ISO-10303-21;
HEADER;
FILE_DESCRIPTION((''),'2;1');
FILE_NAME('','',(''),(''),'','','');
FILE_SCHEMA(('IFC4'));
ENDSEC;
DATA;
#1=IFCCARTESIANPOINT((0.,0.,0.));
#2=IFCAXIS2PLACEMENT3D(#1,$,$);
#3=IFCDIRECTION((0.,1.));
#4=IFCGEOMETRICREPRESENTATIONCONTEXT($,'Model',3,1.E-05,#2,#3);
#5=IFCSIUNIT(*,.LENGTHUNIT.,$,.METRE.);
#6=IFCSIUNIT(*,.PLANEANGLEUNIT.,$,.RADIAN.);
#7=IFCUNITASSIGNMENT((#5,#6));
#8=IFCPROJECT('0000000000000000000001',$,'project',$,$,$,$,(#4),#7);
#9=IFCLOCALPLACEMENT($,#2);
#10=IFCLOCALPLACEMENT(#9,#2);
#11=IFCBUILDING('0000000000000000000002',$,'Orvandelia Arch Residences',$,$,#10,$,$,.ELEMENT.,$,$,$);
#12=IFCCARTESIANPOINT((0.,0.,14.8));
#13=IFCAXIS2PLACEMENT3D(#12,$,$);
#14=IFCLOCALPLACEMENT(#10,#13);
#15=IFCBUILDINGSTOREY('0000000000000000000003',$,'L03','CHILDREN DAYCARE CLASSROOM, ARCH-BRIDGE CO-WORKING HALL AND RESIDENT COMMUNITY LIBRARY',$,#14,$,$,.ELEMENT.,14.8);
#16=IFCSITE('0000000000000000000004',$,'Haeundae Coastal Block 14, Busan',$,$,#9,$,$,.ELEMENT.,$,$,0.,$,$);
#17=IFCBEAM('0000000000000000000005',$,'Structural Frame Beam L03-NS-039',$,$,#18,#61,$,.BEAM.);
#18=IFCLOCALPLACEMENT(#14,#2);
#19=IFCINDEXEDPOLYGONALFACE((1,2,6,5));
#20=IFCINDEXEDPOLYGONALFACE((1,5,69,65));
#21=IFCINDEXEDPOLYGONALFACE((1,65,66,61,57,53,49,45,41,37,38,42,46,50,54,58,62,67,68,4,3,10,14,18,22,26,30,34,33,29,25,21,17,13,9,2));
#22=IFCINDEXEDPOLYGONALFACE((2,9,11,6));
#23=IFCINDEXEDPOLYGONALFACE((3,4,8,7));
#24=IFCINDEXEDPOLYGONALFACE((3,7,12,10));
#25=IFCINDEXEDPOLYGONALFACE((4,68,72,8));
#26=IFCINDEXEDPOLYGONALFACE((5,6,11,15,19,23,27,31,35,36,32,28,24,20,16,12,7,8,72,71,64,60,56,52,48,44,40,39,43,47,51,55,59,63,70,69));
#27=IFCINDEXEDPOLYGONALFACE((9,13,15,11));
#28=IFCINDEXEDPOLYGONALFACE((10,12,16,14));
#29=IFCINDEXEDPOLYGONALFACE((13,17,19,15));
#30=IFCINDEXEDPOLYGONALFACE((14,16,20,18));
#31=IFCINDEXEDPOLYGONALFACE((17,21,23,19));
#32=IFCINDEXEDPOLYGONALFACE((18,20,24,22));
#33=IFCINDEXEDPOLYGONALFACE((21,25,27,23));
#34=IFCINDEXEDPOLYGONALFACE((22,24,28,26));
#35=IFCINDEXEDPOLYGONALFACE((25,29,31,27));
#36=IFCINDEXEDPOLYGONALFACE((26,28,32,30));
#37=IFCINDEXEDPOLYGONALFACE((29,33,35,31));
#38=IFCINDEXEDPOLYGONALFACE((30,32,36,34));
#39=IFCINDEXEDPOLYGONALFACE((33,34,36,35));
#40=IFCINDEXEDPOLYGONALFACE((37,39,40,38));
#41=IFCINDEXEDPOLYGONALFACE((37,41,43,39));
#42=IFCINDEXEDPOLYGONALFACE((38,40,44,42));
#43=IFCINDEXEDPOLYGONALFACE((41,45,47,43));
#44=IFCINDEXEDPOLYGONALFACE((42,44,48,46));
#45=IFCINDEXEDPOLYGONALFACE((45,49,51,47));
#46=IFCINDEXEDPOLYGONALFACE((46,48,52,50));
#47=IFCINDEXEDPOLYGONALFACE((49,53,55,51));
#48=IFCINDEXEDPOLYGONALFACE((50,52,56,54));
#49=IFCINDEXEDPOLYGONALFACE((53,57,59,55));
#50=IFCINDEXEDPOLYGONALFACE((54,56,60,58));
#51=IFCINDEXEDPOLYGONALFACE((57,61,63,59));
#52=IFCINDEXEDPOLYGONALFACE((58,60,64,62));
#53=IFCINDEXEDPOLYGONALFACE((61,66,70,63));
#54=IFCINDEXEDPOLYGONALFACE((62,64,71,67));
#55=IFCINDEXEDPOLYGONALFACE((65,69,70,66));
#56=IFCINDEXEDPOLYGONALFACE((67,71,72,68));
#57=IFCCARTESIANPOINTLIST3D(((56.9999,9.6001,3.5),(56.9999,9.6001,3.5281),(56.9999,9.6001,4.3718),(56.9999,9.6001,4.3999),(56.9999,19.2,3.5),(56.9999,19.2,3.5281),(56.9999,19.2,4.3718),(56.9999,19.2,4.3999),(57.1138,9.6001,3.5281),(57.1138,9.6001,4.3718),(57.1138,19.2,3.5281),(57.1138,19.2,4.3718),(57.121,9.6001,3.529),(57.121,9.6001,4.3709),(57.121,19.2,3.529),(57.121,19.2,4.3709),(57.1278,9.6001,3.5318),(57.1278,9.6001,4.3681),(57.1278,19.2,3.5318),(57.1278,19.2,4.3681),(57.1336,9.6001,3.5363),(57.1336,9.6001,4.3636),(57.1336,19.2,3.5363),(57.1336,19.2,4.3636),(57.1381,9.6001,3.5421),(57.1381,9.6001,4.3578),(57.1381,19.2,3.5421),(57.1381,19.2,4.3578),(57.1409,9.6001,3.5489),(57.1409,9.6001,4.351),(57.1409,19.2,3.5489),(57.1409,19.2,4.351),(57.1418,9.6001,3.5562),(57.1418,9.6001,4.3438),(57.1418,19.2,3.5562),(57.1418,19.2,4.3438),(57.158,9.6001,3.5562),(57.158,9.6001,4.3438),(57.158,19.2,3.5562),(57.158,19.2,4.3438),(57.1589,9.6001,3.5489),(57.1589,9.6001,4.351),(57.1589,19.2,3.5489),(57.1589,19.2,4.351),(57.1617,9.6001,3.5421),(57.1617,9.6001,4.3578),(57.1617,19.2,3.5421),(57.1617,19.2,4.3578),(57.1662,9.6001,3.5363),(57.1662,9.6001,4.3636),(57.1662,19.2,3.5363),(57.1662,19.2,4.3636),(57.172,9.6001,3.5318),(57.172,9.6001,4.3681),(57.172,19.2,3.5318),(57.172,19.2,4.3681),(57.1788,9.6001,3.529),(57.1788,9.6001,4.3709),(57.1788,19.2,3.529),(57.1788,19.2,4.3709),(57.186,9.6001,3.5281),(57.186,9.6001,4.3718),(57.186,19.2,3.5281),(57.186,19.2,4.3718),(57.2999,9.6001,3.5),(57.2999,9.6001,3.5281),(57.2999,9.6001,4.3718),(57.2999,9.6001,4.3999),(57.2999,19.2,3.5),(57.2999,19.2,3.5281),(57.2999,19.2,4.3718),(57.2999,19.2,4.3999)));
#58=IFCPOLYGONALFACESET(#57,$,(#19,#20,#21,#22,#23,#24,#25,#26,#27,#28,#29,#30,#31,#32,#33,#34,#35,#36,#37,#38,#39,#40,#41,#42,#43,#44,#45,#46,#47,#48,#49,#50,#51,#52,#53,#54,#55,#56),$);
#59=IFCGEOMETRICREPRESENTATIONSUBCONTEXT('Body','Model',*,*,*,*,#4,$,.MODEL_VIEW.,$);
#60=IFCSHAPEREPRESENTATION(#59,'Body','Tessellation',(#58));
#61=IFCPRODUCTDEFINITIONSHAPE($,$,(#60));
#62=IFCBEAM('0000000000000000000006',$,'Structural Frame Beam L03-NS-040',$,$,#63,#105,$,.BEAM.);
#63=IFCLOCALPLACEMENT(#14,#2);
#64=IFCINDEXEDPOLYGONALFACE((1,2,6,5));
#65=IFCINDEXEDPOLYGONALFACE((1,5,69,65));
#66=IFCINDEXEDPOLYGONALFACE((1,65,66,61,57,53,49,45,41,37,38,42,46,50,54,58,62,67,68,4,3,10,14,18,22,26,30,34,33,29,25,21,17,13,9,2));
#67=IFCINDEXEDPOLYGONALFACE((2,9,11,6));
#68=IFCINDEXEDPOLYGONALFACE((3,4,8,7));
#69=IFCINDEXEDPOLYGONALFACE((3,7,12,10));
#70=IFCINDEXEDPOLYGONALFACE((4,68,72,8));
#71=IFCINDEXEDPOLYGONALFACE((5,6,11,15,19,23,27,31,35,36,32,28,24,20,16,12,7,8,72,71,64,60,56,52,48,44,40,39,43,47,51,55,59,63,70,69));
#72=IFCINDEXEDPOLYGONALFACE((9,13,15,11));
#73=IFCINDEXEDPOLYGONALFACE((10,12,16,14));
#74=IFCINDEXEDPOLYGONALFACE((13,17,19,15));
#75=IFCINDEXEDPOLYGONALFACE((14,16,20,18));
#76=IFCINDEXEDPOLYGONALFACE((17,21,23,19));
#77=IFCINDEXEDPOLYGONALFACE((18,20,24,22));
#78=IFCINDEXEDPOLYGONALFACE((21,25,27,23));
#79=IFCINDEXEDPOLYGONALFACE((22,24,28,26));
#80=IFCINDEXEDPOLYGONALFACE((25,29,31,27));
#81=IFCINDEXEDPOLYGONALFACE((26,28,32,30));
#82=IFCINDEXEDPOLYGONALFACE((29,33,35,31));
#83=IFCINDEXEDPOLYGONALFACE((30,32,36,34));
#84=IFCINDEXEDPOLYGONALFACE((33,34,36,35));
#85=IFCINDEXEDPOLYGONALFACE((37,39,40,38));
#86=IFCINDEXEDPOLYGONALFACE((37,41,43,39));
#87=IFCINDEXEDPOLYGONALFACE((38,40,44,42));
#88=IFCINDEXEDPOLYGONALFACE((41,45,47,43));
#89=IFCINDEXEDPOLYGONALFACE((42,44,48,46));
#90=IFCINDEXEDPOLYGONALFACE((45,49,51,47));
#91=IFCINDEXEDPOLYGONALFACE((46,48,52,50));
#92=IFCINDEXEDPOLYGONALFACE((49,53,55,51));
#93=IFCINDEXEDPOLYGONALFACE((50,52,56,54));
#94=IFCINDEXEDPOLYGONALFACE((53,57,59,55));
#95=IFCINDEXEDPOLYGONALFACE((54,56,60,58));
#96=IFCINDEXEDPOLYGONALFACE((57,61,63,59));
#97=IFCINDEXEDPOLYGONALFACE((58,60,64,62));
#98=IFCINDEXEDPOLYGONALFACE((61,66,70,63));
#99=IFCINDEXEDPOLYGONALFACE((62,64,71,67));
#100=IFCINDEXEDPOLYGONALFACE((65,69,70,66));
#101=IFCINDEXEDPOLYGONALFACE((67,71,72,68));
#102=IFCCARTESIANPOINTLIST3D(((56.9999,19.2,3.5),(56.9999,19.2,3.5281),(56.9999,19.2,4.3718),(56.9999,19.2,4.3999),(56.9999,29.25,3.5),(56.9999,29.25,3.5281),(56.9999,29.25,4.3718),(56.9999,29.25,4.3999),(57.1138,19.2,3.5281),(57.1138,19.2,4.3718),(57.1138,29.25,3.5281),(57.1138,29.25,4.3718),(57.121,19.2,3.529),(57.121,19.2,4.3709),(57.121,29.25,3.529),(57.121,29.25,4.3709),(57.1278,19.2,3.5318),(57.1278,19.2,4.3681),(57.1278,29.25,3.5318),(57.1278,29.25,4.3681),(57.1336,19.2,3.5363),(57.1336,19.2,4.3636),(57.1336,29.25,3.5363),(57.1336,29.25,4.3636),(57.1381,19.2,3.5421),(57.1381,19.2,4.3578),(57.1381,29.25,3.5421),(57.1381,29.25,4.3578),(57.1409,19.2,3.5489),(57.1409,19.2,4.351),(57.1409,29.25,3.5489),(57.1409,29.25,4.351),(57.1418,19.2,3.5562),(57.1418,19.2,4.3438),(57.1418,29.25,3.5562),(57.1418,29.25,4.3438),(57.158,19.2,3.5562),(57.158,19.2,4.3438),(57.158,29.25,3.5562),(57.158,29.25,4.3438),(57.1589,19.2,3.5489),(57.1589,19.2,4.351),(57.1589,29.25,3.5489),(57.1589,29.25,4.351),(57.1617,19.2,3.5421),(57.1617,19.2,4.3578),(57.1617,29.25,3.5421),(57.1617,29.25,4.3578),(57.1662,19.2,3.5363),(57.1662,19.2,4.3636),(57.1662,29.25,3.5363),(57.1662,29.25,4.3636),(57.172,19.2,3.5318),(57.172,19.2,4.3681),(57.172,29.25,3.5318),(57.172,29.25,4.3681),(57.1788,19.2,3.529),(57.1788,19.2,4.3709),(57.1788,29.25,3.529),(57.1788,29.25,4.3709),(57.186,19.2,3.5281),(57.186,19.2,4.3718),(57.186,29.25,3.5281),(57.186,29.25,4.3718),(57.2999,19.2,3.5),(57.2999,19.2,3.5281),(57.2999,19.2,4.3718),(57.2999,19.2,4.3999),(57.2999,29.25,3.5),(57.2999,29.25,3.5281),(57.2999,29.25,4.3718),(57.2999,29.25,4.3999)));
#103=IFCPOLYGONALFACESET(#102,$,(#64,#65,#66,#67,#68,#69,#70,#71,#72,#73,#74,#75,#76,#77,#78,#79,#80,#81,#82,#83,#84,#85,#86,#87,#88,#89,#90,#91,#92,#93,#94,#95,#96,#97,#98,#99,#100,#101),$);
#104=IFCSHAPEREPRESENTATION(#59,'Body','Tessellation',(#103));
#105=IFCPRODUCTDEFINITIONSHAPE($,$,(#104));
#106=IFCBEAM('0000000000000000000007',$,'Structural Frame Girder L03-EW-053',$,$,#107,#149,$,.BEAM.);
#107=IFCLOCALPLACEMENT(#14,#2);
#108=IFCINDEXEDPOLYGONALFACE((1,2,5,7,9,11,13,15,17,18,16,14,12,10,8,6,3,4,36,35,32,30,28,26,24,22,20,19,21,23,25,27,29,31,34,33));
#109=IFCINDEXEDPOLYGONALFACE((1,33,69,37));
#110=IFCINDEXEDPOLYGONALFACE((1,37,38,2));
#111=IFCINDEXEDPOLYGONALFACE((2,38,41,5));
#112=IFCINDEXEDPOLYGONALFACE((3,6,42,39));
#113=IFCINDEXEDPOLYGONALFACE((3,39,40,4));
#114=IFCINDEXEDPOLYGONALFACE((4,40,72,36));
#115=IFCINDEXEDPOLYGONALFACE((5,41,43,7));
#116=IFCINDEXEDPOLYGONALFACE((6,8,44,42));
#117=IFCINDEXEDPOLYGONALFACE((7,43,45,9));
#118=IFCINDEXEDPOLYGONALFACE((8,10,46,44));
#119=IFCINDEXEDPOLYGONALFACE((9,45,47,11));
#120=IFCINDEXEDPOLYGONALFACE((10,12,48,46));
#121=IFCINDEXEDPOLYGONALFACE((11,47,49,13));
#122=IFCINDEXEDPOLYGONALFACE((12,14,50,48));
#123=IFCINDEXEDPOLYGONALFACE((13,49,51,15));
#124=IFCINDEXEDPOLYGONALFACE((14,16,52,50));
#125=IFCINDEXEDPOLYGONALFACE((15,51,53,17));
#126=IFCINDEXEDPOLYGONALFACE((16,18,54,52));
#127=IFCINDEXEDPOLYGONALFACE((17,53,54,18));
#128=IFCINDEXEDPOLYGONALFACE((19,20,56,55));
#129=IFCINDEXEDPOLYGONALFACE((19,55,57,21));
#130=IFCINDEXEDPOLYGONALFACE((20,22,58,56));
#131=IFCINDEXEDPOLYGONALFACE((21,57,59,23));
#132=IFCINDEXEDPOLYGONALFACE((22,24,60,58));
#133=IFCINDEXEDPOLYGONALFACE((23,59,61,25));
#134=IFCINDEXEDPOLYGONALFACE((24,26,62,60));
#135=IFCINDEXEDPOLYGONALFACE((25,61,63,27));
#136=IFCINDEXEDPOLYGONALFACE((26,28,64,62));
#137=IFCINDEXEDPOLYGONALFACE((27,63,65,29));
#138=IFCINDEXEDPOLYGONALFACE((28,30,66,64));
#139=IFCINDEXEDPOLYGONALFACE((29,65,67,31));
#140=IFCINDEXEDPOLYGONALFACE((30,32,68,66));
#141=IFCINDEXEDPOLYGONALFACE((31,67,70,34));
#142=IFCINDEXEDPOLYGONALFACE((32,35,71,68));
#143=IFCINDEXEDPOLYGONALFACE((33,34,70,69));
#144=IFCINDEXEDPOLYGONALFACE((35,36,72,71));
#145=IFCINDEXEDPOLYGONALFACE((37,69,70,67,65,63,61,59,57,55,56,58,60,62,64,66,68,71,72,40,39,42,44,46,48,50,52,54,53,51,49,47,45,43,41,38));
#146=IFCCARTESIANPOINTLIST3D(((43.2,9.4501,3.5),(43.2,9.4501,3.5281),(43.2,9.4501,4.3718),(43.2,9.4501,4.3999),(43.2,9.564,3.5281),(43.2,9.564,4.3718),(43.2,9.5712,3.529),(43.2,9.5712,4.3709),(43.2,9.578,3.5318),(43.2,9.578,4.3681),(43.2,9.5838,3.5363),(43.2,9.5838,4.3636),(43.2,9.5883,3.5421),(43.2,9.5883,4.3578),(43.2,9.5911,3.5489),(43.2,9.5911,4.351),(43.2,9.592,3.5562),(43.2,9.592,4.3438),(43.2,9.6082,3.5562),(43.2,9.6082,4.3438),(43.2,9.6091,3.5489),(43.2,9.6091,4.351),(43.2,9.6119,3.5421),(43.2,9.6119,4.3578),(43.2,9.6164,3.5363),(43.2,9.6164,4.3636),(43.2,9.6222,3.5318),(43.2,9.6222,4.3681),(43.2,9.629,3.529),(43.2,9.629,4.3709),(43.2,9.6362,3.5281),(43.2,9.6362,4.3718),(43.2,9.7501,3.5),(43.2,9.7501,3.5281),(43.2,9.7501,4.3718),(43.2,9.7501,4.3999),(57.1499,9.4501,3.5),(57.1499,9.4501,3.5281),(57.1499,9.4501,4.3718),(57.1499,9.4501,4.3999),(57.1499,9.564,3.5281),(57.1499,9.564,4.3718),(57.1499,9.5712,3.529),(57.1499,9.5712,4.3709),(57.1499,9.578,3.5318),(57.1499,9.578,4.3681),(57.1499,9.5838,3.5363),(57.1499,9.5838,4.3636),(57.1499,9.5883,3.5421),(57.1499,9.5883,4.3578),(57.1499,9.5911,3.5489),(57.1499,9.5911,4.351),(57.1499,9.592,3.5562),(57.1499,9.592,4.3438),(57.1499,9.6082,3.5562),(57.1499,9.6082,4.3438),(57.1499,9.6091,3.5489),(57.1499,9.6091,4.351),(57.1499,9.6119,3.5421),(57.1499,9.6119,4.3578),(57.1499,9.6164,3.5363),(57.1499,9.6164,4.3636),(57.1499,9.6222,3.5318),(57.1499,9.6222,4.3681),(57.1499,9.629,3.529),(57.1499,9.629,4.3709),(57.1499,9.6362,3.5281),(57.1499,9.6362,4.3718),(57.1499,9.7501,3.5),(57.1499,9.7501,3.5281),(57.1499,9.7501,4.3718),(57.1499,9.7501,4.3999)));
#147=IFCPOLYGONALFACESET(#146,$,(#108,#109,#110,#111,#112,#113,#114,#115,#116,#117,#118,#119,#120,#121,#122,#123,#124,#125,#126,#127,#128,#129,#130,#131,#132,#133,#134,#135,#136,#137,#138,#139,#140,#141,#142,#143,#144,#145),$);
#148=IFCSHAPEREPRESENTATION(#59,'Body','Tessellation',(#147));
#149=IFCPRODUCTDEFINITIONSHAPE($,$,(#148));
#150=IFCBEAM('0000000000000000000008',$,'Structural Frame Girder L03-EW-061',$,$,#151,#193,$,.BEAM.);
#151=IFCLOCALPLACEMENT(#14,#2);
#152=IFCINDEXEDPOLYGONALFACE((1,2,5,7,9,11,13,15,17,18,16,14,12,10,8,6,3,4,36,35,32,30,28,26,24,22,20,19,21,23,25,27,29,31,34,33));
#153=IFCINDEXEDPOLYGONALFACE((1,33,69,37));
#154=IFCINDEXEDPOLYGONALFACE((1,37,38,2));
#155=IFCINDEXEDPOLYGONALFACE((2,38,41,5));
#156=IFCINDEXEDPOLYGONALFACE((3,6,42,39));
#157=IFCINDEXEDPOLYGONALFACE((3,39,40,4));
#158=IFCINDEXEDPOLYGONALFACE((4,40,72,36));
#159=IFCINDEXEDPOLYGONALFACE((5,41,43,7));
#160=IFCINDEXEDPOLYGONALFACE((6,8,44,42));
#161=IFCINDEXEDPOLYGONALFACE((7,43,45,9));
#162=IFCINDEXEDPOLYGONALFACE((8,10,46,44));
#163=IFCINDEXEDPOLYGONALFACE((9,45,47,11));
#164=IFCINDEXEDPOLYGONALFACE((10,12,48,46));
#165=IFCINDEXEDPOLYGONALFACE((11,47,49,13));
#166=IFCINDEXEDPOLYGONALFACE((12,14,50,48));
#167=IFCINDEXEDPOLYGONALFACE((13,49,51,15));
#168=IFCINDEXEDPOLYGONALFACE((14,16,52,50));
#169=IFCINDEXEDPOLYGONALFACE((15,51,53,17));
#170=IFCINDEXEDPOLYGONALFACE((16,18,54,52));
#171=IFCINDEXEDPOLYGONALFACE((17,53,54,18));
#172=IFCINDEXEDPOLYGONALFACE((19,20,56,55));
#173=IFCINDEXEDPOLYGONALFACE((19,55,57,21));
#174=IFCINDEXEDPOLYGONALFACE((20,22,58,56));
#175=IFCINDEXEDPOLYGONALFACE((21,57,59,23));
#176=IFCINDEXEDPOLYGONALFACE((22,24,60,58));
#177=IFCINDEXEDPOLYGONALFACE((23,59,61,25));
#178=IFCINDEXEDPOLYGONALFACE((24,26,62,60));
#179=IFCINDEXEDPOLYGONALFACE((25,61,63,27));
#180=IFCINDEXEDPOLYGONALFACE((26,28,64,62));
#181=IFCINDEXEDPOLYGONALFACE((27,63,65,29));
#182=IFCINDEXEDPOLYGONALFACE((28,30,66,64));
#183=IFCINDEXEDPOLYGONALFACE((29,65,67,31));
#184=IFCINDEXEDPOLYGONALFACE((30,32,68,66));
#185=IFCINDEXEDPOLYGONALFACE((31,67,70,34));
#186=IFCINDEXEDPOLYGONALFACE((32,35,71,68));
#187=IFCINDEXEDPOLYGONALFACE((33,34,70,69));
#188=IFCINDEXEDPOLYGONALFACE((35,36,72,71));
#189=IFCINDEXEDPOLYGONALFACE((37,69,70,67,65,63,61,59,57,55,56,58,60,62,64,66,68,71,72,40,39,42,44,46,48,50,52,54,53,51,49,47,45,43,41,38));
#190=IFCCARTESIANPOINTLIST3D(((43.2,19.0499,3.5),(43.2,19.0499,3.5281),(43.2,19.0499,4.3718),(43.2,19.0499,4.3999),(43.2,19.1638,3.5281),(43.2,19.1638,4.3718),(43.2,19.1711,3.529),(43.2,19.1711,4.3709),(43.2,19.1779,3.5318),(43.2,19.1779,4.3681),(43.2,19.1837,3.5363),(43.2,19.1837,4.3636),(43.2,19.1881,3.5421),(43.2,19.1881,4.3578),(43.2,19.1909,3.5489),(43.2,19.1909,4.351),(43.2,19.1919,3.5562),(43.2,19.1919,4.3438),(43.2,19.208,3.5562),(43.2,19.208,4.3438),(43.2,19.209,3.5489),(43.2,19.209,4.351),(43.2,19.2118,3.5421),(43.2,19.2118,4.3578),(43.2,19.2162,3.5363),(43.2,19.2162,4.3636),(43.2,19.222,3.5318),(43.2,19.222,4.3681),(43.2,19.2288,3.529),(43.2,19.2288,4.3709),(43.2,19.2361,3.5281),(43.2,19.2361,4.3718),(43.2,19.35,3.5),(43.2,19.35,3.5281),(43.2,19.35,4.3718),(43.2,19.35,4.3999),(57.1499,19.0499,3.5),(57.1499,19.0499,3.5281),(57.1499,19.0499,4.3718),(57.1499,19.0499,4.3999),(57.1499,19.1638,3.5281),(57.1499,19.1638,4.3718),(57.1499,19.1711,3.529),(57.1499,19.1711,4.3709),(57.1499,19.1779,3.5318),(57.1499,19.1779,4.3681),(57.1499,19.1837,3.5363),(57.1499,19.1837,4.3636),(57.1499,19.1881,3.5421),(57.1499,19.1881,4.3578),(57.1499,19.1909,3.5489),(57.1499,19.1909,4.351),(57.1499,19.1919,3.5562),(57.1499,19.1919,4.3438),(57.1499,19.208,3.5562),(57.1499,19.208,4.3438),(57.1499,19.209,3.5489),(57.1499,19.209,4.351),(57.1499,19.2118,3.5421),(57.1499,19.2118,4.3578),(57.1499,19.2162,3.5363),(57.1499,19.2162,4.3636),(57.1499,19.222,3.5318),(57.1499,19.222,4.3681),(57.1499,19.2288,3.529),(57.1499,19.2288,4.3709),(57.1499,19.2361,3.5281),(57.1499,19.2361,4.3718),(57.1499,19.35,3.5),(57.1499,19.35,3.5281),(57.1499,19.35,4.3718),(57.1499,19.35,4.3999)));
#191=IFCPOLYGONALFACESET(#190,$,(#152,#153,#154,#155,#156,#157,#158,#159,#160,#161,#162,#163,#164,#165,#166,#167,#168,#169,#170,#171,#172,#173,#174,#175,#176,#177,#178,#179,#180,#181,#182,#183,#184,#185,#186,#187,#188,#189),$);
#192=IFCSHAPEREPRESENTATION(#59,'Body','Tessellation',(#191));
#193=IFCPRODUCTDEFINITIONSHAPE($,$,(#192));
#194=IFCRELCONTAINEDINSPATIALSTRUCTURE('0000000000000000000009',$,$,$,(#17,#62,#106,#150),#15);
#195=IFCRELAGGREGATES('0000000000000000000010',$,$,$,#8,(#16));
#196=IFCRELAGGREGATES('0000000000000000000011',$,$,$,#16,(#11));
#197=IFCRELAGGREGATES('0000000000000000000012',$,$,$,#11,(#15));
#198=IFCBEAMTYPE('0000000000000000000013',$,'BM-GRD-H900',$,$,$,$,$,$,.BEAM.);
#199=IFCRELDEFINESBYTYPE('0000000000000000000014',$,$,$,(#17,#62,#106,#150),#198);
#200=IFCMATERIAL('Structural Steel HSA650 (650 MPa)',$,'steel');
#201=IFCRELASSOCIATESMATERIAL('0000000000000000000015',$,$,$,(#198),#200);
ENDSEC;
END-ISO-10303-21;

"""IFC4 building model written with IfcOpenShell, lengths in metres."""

from ifc_helpers import new_model, si_unit, direction, frame, origin, origin_2d, place, context, subcontext, project, spatial, i_section, extrude, material, material_profile, profile_set, type_object, element, save


model = new_model("IFC4")

# Units and contexts
model_context = context("Model", 3, precision=1e-05, world=origin(), true_north=direction((0.0, 1.0)))
body_context = subcontext(model_context, "Body", "Model", "MODEL_VIEW")
ifc_project = project(units=[si_unit("LENGTHUNIT", "METRE"), si_unit("PLANEANGLEUNIT", "RADIAN")], contexts=[model_context])

# Site, building, storey
site_placement = place(None, origin())
site = spatial("IfcSite", under=ifc_project, at=site_placement, Name="Haeundae Coastal Block 14, Busan", CompositionType="ELEMENT", RefElevation=0.0)
building_placement = place(site_placement, origin())
building = spatial("IfcBuilding", under=site, at=building_placement, Name="Orvandelia Arch Residences", CompositionType="ELEMENT")
storey_placement = place(building_placement, frame((0.0, 0.0, 14.8)))
storey = spatial("IfcBuildingStorey", under=building, at=storey_placement, Name="L03", Description="CHILDREN DAYCARE CLASSROOM, ARCH-BRIDGE CO-WORKING HALL AND RESIDENT COMMUNITY LIBRARY", CompositionType="ELEMENT", Elevation=14.8)

# Shared definitions
ifc_material_1 = material(Name="Structural Steel HSA650 (650 MPa)", Category="steel")

# Beams
ifc_material_profile_1 = material_profile(ifc_material_1, i_section(OverallWidth=0.3, OverallDepth=0.8999, WebThickness=0.0161, FlangeThickness=0.0281, FilletRadius=0.0281, at=origin_2d()), Name="Structural Steel HSA650 (650 MPa)", Category="steel")
ifc_profile_set_1 = profile_set([ifc_material_profile_1], Name="Structural Steel HSA650 (650 MPa)")
beam_type_1 = type_object("IfcBeamType", Name="BM-GRD-H900", PredefinedType="BEAM", material=ifc_profile_set_1)
beam_1_placement = place(storey_placement, frame((57.1499, 9.6001, 3.95), z_axis=(0.0, 1.0, 0.0), x_axis=(-1.0, 0.0, 0.0)))
element("IfcBeam", 1, at=beam_1_placement, inside=storey, type_object=beam_type_1, Name="Structural Frame Beam L03-NS-039", PredefinedType="BEAM", context=body_context, shape_type="SweptSolid", body=[
    extrude(i_section(OverallWidth=0.3, OverallDepth=0.8999, WebThickness=0.0161, FlangeThickness=0.0281, FilletRadius=0.0281, at=origin_2d()), origin(), (0.0, 0.0, 1.0), 9.5999),
])
beam_2_placement = place(storey_placement, frame((57.1499, 19.2, 3.95), z_axis=(0.0, 1.0, 0.0), x_axis=(-1.0, 0.0, 0.0)))
element("IfcBeam", 2, at=beam_2_placement, inside=storey, type_object=beam_type_1, Name="Structural Frame Beam L03-NS-040", PredefinedType="BEAM", context=body_context, shape_type="SweptSolid", body=[
    extrude(i_section(OverallWidth=0.3, OverallDepth=0.8999, WebThickness=0.0161, FlangeThickness=0.0281, FilletRadius=0.0281, at=origin_2d()), origin(), (0.0, 0.0, 1.0), 10.05),
])
for number, where, z_axis, x_axis, name in (
    (3, (43.2, 9.6001, 3.95), (1.0, 0.0, 0.0), (0.0, 1.0, 0.0), "Structural Frame Girder L03-EW-053"),
    (4, (43.2, 19.2, 3.95), (1.0, 0.0, 0.0), (0.0, 1.0, 0.0), "Structural Frame Girder L03-EW-061"),
):
    element("IfcBeam", number, at=place(storey_placement, frame(where, z_axis=z_axis, x_axis=x_axis)), inside=storey, type_object=beam_type_1, Name=name, PredefinedType="BEAM", context=body_context, shape_type="SweptSolid", body=[
        extrude(i_section(OverallWidth=0.3, OverallDepth=0.8999, WebThickness=0.0161, FlangeThickness=0.0281, FilletRadius=0.0281, at=origin_2d()), origin(), (0.0, 0.0, 1.0), 13.95),
    ])

save(model, "model.ifc")
